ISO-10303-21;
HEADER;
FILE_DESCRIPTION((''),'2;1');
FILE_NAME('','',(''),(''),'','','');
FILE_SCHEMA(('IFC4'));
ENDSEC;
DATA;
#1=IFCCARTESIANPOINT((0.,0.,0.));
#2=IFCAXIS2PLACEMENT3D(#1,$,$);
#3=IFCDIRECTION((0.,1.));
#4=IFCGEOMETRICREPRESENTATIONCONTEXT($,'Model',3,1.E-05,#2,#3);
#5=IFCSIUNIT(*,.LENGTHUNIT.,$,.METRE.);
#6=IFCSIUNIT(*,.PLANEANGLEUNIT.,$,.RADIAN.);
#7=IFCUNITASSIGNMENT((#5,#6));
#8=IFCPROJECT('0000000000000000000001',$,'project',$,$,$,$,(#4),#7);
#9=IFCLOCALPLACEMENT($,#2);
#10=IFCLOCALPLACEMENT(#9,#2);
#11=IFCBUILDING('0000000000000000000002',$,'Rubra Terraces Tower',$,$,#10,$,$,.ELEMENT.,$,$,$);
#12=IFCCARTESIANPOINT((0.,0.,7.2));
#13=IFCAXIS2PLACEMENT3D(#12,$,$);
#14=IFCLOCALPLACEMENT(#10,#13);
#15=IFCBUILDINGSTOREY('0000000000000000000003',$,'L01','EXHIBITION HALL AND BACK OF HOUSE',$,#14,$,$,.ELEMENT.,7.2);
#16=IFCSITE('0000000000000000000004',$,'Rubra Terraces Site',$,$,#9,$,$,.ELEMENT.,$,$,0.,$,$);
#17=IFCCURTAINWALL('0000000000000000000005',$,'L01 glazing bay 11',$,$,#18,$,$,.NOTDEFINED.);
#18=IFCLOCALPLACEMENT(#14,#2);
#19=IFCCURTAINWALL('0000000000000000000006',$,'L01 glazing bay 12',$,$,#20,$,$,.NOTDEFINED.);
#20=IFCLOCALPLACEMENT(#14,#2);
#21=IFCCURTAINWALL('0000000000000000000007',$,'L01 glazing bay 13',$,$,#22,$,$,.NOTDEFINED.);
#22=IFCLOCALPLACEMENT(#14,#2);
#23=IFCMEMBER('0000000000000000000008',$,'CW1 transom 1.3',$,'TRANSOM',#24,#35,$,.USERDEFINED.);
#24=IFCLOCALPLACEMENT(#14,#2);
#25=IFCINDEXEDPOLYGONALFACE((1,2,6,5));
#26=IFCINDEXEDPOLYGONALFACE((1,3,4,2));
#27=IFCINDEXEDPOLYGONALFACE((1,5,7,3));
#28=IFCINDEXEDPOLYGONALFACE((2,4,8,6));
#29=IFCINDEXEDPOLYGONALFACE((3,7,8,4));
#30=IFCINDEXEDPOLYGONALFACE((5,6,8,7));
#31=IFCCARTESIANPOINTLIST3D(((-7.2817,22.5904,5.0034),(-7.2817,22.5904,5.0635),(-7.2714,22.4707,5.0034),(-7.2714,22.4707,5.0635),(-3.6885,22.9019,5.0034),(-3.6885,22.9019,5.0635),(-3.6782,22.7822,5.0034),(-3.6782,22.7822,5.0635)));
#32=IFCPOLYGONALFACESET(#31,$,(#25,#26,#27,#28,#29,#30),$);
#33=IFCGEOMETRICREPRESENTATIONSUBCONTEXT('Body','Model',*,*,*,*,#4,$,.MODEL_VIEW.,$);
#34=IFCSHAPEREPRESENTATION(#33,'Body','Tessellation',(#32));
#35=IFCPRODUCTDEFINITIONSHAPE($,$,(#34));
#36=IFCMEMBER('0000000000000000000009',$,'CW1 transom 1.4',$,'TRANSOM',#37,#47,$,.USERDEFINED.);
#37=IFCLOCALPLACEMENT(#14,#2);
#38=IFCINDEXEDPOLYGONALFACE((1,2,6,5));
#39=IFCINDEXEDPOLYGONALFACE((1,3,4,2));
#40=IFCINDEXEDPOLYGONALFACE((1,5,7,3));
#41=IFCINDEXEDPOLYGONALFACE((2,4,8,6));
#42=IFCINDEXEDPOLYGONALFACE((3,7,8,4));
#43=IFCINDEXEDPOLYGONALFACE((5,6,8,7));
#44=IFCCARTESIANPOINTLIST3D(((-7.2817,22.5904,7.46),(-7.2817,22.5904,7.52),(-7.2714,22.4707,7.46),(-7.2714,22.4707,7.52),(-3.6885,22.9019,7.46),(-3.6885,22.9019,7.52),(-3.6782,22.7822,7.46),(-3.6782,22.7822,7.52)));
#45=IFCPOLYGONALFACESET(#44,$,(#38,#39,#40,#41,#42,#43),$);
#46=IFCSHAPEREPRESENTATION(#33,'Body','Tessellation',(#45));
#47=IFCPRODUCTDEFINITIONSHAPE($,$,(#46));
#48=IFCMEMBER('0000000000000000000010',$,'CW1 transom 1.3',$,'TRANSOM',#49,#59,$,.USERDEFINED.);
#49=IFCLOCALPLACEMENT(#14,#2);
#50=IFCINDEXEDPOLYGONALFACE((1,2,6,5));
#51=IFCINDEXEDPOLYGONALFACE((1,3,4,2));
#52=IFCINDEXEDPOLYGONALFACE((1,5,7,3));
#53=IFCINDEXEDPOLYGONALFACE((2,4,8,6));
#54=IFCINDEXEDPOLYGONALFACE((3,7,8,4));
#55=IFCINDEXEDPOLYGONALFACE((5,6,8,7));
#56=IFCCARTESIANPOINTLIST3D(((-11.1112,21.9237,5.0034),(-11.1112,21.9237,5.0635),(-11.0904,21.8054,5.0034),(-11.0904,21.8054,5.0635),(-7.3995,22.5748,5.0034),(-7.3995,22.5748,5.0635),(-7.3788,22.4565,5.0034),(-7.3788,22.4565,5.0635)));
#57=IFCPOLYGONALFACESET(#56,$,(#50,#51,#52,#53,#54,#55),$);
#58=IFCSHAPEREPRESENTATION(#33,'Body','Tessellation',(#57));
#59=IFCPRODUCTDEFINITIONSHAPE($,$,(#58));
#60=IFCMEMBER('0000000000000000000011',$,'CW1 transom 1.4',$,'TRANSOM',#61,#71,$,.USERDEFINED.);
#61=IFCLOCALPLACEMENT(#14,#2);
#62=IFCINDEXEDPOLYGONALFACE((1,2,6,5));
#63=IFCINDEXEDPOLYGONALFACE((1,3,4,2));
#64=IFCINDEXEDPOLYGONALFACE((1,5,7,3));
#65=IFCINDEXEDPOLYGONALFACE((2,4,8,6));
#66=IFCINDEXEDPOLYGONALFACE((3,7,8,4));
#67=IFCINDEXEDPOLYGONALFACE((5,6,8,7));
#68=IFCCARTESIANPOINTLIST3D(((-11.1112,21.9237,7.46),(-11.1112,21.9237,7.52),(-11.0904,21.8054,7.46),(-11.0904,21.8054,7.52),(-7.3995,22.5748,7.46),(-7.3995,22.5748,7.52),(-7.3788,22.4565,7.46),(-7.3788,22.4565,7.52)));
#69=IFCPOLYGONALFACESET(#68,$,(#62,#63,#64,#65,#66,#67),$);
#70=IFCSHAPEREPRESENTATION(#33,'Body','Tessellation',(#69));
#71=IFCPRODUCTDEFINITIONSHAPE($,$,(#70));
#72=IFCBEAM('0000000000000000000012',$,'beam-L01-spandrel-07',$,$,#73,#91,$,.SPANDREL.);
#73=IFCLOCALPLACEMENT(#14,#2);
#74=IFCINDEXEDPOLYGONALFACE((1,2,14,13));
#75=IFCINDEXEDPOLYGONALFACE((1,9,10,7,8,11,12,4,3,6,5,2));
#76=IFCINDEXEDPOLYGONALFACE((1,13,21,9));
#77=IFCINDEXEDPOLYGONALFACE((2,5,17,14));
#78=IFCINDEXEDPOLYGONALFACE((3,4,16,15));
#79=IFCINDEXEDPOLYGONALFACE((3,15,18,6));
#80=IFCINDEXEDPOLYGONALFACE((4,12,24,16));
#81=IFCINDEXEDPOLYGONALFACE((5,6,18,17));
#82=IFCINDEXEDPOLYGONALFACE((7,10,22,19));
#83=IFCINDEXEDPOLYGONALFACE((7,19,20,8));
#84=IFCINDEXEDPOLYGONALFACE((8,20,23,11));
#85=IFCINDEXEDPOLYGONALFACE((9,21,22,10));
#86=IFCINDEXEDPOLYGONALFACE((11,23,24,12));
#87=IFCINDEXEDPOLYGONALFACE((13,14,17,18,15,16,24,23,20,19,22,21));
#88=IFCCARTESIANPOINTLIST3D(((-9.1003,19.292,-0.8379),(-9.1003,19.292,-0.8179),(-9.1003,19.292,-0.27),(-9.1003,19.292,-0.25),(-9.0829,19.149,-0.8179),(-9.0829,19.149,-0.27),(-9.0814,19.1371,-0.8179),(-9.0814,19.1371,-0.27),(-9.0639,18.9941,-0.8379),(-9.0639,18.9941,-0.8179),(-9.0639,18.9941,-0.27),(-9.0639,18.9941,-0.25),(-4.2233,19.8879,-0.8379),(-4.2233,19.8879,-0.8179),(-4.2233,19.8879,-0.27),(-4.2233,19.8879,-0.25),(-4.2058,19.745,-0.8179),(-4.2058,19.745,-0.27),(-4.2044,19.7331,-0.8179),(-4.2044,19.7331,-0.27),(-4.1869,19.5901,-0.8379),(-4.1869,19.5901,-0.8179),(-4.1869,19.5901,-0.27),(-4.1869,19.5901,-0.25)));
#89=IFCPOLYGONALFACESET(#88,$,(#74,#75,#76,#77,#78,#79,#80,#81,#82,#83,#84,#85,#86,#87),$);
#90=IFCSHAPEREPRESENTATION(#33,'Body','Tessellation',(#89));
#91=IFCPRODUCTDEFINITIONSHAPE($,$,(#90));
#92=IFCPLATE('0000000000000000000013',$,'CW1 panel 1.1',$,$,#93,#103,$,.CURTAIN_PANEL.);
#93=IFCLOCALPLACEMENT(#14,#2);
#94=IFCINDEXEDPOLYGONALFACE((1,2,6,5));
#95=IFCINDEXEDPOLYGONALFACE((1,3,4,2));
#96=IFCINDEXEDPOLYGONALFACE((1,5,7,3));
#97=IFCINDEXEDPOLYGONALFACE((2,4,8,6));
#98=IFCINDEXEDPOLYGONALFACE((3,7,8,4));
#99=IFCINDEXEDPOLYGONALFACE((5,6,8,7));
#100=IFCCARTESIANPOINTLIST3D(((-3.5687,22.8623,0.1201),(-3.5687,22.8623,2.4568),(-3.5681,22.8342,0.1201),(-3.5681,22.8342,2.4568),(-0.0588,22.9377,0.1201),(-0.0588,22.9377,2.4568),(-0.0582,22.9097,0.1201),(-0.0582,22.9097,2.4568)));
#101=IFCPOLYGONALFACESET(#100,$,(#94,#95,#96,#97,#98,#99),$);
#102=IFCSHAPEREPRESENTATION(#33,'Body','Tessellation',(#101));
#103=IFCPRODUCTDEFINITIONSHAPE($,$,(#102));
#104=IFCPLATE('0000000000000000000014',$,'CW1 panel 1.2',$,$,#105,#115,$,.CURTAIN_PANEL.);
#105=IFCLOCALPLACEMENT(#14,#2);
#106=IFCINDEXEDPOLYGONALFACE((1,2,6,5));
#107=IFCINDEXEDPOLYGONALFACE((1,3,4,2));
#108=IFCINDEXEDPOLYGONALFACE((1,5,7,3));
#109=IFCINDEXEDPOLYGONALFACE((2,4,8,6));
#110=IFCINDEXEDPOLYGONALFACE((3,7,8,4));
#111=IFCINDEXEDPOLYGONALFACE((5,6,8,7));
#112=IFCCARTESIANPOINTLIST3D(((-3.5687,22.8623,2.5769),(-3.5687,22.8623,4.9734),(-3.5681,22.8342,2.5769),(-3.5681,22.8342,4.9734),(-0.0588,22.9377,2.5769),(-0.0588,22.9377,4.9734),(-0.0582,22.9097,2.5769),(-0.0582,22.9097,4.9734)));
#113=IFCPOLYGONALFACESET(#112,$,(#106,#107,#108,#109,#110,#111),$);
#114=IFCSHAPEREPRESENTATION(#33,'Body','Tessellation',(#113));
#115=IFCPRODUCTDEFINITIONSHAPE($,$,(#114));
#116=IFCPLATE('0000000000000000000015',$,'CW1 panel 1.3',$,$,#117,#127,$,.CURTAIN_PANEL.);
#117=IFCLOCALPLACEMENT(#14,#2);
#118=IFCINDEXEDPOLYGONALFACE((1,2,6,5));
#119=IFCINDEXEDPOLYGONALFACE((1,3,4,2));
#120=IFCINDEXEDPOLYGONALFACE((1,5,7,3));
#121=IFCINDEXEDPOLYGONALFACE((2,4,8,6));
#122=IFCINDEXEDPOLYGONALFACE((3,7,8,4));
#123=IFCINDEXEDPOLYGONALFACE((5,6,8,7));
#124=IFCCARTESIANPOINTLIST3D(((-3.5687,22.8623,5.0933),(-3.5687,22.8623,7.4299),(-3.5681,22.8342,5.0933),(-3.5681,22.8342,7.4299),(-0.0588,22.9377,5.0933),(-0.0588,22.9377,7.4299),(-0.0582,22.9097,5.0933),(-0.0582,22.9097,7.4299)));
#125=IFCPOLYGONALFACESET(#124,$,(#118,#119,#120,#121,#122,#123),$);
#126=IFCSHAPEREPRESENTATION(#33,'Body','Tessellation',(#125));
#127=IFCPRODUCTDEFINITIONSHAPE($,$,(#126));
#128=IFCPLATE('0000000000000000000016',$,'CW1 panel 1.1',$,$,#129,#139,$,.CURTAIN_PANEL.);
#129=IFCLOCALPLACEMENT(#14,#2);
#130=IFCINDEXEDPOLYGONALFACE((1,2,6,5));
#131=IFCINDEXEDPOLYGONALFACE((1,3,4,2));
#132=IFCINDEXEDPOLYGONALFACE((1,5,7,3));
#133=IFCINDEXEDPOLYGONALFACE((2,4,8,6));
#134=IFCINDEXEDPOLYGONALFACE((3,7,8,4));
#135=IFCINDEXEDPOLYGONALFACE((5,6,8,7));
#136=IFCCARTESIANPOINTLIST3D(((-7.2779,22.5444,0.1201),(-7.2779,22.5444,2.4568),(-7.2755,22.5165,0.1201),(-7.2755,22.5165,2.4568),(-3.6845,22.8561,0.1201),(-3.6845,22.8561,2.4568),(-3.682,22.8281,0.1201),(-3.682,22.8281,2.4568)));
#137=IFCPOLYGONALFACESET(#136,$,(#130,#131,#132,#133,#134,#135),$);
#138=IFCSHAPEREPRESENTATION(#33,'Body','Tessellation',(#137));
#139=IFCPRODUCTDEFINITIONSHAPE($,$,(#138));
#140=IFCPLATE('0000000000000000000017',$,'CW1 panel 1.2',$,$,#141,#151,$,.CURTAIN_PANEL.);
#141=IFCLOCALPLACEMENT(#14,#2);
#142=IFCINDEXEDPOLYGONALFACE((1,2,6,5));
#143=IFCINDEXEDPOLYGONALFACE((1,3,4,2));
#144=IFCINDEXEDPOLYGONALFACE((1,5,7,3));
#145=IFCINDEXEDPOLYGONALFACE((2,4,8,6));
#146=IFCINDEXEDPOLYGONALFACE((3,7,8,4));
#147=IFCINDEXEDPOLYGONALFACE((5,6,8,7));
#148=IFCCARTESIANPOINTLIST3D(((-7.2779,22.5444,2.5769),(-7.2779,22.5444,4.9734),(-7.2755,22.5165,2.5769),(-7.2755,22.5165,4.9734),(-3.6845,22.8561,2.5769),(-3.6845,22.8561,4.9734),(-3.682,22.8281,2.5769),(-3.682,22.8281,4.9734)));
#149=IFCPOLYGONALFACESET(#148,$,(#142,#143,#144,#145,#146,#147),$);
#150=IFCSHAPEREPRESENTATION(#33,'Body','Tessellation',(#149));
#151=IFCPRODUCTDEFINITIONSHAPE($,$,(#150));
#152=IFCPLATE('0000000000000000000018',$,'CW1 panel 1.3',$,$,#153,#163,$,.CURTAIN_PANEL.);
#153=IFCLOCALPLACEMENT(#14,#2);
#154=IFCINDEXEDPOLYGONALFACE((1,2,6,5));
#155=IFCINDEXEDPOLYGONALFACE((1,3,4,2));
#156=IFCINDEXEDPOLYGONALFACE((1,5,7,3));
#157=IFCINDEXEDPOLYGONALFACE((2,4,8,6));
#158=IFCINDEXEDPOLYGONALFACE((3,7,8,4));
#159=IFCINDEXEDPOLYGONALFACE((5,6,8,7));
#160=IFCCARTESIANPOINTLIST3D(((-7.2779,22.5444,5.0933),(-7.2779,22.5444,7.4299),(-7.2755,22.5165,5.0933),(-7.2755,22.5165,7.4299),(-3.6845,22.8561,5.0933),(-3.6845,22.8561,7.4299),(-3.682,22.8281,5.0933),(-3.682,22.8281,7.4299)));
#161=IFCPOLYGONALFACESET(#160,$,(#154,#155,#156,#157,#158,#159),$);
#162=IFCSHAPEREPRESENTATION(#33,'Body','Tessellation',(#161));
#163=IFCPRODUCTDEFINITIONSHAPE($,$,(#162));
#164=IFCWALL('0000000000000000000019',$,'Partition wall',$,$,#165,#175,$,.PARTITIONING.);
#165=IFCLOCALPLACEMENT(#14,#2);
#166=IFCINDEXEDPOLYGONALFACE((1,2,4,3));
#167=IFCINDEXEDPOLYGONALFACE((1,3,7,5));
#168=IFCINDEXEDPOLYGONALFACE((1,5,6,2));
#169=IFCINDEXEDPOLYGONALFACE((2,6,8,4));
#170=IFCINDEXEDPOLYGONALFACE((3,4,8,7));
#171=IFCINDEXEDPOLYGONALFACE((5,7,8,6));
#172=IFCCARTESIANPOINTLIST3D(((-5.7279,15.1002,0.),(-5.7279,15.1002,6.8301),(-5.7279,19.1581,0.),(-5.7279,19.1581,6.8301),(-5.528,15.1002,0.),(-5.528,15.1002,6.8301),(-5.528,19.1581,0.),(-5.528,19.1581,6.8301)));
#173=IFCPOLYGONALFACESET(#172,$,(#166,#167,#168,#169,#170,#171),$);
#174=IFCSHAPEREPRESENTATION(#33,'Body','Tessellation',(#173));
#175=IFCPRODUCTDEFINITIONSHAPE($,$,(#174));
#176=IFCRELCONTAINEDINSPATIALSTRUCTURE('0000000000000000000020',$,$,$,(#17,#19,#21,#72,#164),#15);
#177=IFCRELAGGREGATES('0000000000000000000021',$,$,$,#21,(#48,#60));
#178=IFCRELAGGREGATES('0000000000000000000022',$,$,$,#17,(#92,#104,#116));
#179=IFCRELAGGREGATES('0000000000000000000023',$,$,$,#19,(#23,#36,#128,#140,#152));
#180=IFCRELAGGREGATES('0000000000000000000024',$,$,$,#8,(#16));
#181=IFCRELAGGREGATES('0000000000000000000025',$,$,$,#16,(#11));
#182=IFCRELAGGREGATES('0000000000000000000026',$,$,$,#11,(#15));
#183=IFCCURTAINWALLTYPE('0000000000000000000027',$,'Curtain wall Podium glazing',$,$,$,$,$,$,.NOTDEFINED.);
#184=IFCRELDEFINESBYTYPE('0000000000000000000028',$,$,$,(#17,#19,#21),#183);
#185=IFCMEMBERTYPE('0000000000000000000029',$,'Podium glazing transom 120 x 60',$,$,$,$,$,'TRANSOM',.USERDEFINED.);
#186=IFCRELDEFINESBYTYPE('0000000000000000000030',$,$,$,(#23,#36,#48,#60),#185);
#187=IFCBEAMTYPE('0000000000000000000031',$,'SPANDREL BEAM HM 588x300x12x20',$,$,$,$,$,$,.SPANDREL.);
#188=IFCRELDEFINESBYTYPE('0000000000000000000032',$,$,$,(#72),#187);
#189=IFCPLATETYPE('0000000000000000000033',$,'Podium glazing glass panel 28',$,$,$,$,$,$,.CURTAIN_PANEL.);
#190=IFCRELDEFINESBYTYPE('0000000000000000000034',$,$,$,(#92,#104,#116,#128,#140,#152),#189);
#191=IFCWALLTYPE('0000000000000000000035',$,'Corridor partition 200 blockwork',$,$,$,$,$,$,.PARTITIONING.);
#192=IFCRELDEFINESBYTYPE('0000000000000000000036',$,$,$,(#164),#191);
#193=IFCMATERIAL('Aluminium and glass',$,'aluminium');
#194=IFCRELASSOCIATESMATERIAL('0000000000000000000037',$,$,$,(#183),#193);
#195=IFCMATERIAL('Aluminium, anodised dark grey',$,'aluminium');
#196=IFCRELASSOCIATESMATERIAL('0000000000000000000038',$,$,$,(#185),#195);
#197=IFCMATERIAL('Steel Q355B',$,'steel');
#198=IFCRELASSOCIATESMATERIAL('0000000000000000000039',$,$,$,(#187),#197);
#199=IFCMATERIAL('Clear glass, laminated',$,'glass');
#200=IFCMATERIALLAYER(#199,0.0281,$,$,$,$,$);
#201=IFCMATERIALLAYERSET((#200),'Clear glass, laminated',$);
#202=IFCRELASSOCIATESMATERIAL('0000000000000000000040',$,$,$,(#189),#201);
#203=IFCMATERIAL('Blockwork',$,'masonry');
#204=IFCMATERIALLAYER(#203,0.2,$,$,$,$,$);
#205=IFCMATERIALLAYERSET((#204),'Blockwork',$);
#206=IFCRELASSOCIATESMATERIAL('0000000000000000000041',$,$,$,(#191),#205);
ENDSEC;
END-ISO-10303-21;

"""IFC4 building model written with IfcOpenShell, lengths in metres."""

from ifc_helpers import new_model, si_unit, direction, frame, frame_2d, origin, origin_2d, place, context, subcontext, project, spatial, rectangle, i_section, extrude, material, layer, layer_set, material_profile, profile_set, type_object, element, aggregate, save


model = new_model("IFC4")

# Units and contexts
model_context = context("Model", 3, precision=1e-05, world=origin(), true_north=direction((0.0, 1.0)))
body_context = subcontext(model_context, "Body", "Model", "MODEL_VIEW")
ifc_project = project(units=[si_unit("LENGTHUNIT", "METRE"), si_unit("PLANEANGLEUNIT", "RADIAN")], contexts=[model_context])

# Site, building, storey
site_placement = place(None, origin())
site = spatial("IfcSite", under=ifc_project, at=site_placement, Name="Rubra Terraces Site", CompositionType="ELEMENT", RefElevation=0.0)
building_placement = place(site_placement, origin())
building = spatial("IfcBuilding", under=site, at=building_placement, Name="Rubra Terraces Tower", CompositionType="ELEMENT")
storey_placement = place(building_placement, frame((0.0, 0.0, 7.2)))
storey = spatial("IfcBuildingStorey", under=building, at=storey_placement, Name="L01", Description="EXHIBITION HALL AND BACK OF HOUSE", CompositionType="ELEMENT", Elevation=7.2)

# Shared definitions
ifc_material_1 = material(Name="Steel Q355B", Category="steel")

# Curtain walls
ifc_material_2 = material(Name="Aluminium and glass", Category="aluminium")
curtain_wall_type = type_object("IfcCurtainWallType", Name="Curtain wall Podium glazing", PredefinedType="NOTDEFINED", material=ifc_material_2)
curtain_wall_1_placement = place(storey_placement, origin())
curtain_wall_1 = element("IfcCurtainWall", 1, at=curtain_wall_1_placement, inside=storey, type_object=curtain_wall_type, Name="L01 glazing bay 11", PredefinedType="NOTDEFINED")
ifc_material_3 = material(Name="Aluminium, anodised dark grey", Category="aluminium")
curtain_wall_2_placement = place(storey_placement, origin())
curtain_wall_2 = element("IfcCurtainWall", 2, at=curtain_wall_2_placement, inside=storey, type_object=curtain_wall_type, Name="L01 glazing bay 12", PredefinedType="NOTDEFINED")
curtain_wall_3_placement = place(storey_placement, origin())
curtain_wall_3 = element("IfcCurtainWall", 3, at=curtain_wall_3_placement, inside=storey, type_object=curtain_wall_type, Name="L01 glazing bay 13", PredefinedType="NOTDEFINED")

# Members
ifc_material_profile_1 = material_profile(ifc_material_3, rectangle(XDim=0.1201, YDim=0.0601, at=origin_2d()), Name="AL 120x60")
ifc_profile_set_1 = profile_set([ifc_material_profile_1], Name="Aluminium, anodised dark grey")
member_type_1 = type_object("IfcMemberType", Name="Podium glazing transom 120 x 60", ElementType="TRANSOM", PredefinedType="USERDEFINED", material=ifc_profile_set_1)
member_1_placement = place(storey_placement, frame((-3.6833, 22.842, 5.0334), z_axis=(-0.996263, -0.086373, 0.0), x_axis=(0.086373, -0.996263, 0.0)))
member_1 = element("IfcMember", 4, at=member_1_placement, type_object=member_type_1, Name="CW1 transom 1.3", ObjectType="TRANSOM", PredefinedType="USERDEFINED", context=body_context, shape_type="SweptSolid", body=[
    extrude(rectangle(XDim=0.1201, YDim=0.0601, at=origin_2d()), origin(), (0.0, 0.0, 1.0), 3.6067),
])
member_2_placement = place(storey_placement, frame((-3.6833, 22.842, 7.49), z_axis=(-0.996263, -0.086373, 0.0), x_axis=(0.086373, -0.996263, 0.0)))
member_2 = element("IfcMember", 5, at=member_2_placement, type_object=member_type_1, Name="CW1 transom 1.4", ObjectType="TRANSOM", PredefinedType="USERDEFINED", context=body_context, shape_type="SweptSolid", body=[
    extrude(rectangle(XDim=0.1201, YDim=0.0601, at=origin_2d()), origin(), (0.0, 0.0, 1.0), 3.6067),
])
member_3_placement = place(storey_placement, frame((-7.3892, 22.5156, 5.0334), z_axis=(-0.984959, -0.172787, 0.0), x_axis=(0.172787, -0.984959, 0.0)))
member_3 = element("IfcMember", 6, at=member_3_placement, type_object=member_type_1, Name="CW1 transom 1.3", ObjectType="TRANSOM", PredefinedType="USERDEFINED", context=body_context, shape_type="SweptSolid", body=[
    extrude(rectangle(XDim=0.1201, YDim=0.0601, at=origin_2d()), origin(), (0.0, 0.0, 1.0), 3.7683),
])
member_4_placement = place(storey_placement, frame((-7.3892, 22.5156, 7.49), z_axis=(-0.984959, -0.172787, 0.0), x_axis=(0.172787, -0.984959, 0.0)))
member_4 = element("IfcMember", 7, at=member_4_placement, type_object=member_type_1, Name="CW1 transom 1.4", ObjectType="TRANSOM", PredefinedType="USERDEFINED", context=body_context, shape_type="SweptSolid", body=[
    extrude(rectangle(XDim=0.1201, YDim=0.0601, at=origin_2d()), origin(), (0.0, 0.0, 1.0), 3.7683),
])
aggregate(curtain_wall_3, [member_3, member_4])

# Beam
ifc_material_profile_2 = material_profile(ifc_material_1, i_section(OverallWidth=0.3, OverallDepth=0.5879, WebThickness=0.012, FlangeThickness=0.02, at=origin_2d()), Name="HM 588x300x12x20")
ifc_profile_set_2 = profile_set([ifc_material_profile_2], Name="Steel Q355B")
beam_type_1 = type_object("IfcBeamType", Name="SPANDREL BEAM HM 588x300x12x20", PredefinedType="SPANDREL", material=ifc_profile_set_2)
beam_1_placement = place(storey_placement, frame((-4.2051, 19.739, -0.5439), z_axis=(-0.992617, -0.121294, 0.0), x_axis=(0.121294, -0.992617, 0.0)))
element("IfcBeam", 8, at=beam_1_placement, inside=storey, type_object=beam_type_1, Name="beam-L01-spandrel-07", PredefinedType="SPANDREL", context=body_context, shape_type="SweptSolid", body=[
    extrude(i_section(OverallWidth=0.3, OverallDepth=0.5879, WebThickness=0.012, FlangeThickness=0.02, at=origin_2d()), origin(), (0.0, 0.0, 1.0), 4.9133),
])

# Plates
ifc_material_4 = material(Name="Clear glass, laminated", Category="glass")
ifc_layer_1 = layer(ifc_material_4, 0.0281)
ifc_layer_set_1 = layer_set([ifc_layer_1], Name="Clear glass, laminated")
plate_type = type_object("IfcPlateType", Name="Podium glazing glass panel 28", PredefinedType="CURTAIN_PANEL", material=ifc_layer_set_1)
plate_1_placement = place(storey_placement, frame((-1.8135, 22.886, 0.1201), z_axis=(0.0, 0.0, 1.0), x_axis=(-0.999769, -0.021483, 0.0)))
plate_1 = element("IfcPlate", 9, at=plate_1_placement, type_object=plate_type, Name="CW1 panel 1.1", PredefinedType="CURTAIN_PANEL", context=body_context, shape_type="SweptSolid", body=[
    extrude(rectangle(XDim=3.5107, YDim=0.0281, at=origin_2d()), origin(), (0.0, 0.0, 1.0), 2.3367),
])
plate_2_placement = place(storey_placement, frame((-1.8135, 22.886, 2.5769), z_axis=(0.0, 0.0, 1.0), x_axis=(-0.999769, -0.021483, 0.0)))
plate_2 = element("IfcPlate", 10, at=plate_2_placement, type_object=plate_type, Name="CW1 panel 1.2", PredefinedType="CURTAIN_PANEL", context=body_context, shape_type="SweptSolid", body=[
    extrude(rectangle(XDim=3.5107, YDim=0.0281, at=origin_2d()), origin(), (0.0, 0.0, 1.0), 2.3965),
])
plate_3_placement = place(storey_placement, frame((-1.8135, 22.886, 5.0933), z_axis=(0.0, 0.0, 1.0), x_axis=(-0.999769, -0.021483, 0.0)))
plate_3 = element("IfcPlate", 11, at=plate_3_placement, type_object=plate_type, Name="CW1 panel 1.3", PredefinedType="CURTAIN_PANEL", context=body_context, shape_type="SweptSolid", body=[
    extrude(rectangle(XDim=3.5107, YDim=0.0281, at=origin_2d()), origin(), (0.0, 0.0, 1.0), 2.3367),
])
aggregate(curtain_wall_1, [plate_1, plate_2, plate_3])
plate_4_placement = place(storey_placement, frame((-5.48, 22.6863, 0.1201), z_axis=(0.0, 0.0, 1.0), x_axis=(-0.996261, -0.086398, 0.0)))
plate_4 = element("IfcPlate", 12, at=plate_4_placement, type_object=plate_type, Name="CW1 panel 1.1", PredefinedType="CURTAIN_PANEL", context=body_context, shape_type="SweptSolid", body=[
    extrude(rectangle(XDim=3.6069, YDim=0.0281, at=origin_2d()), origin(), (0.0, 0.0, 1.0), 2.3367),
])
plate_5_placement = place(storey_placement, frame((-5.48, 22.6863, 2.5769), z_axis=(0.0, 0.0, 1.0), x_axis=(-0.996261, -0.086398, 0.0)))
plate_5 = element("IfcPlate", 13, at=plate_5_placement, type_object=plate_type, Name="CW1 panel 1.2", PredefinedType="CURTAIN_PANEL", context=body_context, shape_type="SweptSolid", body=[
    extrude(rectangle(XDim=3.6069, YDim=0.0281, at=origin_2d()), origin(), (0.0, 0.0, 1.0), 2.3965),
])
plate_6_placement = place(storey_placement, frame((-5.48, 22.6863, 5.0933), z_axis=(0.0, 0.0, 1.0), x_axis=(-0.996261, -0.086398, 0.0)))
plate_6 = element("IfcPlate", 14, at=plate_6_placement, type_object=plate_type, Name="CW1 panel 1.3", PredefinedType="CURTAIN_PANEL", context=body_context, shape_type="SweptSolid", body=[
    extrude(rectangle(XDim=3.6069, YDim=0.0281, at=origin_2d()), origin(), (0.0, 0.0, 1.0), 2.3367),
])
aggregate(curtain_wall_2, [member_1, member_2, plate_4, plate_5, plate_6])

# Wall
ifc_material_5 = material(Name="Blockwork", Category="masonry")
ifc_layer_2 = layer(ifc_material_5, 0.2)
ifc_layer_set_2 = layer_set([ifc_layer_2], Name="Blockwork")
wall_type = type_object("IfcWallType", Name="Corridor partition 200 blockwork", PredefinedType="PARTITIONING", material=ifc_layer_set_2)
wall_placement = place(storey_placement, frame((-5.6279, 19.158, 0.0), z_axis=(0.0, 0.0, 1.0), x_axis=(0.0, -1.0, 0.0)))
element("IfcWall", 15, at=wall_placement, inside=storey, type_object=wall_type, Name="Partition wall", PredefinedType="PARTITIONING", context=body_context, shape_type="SweptSolid", body=[
    extrude(rectangle(XDim=4.0579, YDim=0.2, at=frame_2d((2.0288, 0.0))), origin(), (0.0, 0.0, 1.0), 6.8301),
])

save(model, "model.ifc")
